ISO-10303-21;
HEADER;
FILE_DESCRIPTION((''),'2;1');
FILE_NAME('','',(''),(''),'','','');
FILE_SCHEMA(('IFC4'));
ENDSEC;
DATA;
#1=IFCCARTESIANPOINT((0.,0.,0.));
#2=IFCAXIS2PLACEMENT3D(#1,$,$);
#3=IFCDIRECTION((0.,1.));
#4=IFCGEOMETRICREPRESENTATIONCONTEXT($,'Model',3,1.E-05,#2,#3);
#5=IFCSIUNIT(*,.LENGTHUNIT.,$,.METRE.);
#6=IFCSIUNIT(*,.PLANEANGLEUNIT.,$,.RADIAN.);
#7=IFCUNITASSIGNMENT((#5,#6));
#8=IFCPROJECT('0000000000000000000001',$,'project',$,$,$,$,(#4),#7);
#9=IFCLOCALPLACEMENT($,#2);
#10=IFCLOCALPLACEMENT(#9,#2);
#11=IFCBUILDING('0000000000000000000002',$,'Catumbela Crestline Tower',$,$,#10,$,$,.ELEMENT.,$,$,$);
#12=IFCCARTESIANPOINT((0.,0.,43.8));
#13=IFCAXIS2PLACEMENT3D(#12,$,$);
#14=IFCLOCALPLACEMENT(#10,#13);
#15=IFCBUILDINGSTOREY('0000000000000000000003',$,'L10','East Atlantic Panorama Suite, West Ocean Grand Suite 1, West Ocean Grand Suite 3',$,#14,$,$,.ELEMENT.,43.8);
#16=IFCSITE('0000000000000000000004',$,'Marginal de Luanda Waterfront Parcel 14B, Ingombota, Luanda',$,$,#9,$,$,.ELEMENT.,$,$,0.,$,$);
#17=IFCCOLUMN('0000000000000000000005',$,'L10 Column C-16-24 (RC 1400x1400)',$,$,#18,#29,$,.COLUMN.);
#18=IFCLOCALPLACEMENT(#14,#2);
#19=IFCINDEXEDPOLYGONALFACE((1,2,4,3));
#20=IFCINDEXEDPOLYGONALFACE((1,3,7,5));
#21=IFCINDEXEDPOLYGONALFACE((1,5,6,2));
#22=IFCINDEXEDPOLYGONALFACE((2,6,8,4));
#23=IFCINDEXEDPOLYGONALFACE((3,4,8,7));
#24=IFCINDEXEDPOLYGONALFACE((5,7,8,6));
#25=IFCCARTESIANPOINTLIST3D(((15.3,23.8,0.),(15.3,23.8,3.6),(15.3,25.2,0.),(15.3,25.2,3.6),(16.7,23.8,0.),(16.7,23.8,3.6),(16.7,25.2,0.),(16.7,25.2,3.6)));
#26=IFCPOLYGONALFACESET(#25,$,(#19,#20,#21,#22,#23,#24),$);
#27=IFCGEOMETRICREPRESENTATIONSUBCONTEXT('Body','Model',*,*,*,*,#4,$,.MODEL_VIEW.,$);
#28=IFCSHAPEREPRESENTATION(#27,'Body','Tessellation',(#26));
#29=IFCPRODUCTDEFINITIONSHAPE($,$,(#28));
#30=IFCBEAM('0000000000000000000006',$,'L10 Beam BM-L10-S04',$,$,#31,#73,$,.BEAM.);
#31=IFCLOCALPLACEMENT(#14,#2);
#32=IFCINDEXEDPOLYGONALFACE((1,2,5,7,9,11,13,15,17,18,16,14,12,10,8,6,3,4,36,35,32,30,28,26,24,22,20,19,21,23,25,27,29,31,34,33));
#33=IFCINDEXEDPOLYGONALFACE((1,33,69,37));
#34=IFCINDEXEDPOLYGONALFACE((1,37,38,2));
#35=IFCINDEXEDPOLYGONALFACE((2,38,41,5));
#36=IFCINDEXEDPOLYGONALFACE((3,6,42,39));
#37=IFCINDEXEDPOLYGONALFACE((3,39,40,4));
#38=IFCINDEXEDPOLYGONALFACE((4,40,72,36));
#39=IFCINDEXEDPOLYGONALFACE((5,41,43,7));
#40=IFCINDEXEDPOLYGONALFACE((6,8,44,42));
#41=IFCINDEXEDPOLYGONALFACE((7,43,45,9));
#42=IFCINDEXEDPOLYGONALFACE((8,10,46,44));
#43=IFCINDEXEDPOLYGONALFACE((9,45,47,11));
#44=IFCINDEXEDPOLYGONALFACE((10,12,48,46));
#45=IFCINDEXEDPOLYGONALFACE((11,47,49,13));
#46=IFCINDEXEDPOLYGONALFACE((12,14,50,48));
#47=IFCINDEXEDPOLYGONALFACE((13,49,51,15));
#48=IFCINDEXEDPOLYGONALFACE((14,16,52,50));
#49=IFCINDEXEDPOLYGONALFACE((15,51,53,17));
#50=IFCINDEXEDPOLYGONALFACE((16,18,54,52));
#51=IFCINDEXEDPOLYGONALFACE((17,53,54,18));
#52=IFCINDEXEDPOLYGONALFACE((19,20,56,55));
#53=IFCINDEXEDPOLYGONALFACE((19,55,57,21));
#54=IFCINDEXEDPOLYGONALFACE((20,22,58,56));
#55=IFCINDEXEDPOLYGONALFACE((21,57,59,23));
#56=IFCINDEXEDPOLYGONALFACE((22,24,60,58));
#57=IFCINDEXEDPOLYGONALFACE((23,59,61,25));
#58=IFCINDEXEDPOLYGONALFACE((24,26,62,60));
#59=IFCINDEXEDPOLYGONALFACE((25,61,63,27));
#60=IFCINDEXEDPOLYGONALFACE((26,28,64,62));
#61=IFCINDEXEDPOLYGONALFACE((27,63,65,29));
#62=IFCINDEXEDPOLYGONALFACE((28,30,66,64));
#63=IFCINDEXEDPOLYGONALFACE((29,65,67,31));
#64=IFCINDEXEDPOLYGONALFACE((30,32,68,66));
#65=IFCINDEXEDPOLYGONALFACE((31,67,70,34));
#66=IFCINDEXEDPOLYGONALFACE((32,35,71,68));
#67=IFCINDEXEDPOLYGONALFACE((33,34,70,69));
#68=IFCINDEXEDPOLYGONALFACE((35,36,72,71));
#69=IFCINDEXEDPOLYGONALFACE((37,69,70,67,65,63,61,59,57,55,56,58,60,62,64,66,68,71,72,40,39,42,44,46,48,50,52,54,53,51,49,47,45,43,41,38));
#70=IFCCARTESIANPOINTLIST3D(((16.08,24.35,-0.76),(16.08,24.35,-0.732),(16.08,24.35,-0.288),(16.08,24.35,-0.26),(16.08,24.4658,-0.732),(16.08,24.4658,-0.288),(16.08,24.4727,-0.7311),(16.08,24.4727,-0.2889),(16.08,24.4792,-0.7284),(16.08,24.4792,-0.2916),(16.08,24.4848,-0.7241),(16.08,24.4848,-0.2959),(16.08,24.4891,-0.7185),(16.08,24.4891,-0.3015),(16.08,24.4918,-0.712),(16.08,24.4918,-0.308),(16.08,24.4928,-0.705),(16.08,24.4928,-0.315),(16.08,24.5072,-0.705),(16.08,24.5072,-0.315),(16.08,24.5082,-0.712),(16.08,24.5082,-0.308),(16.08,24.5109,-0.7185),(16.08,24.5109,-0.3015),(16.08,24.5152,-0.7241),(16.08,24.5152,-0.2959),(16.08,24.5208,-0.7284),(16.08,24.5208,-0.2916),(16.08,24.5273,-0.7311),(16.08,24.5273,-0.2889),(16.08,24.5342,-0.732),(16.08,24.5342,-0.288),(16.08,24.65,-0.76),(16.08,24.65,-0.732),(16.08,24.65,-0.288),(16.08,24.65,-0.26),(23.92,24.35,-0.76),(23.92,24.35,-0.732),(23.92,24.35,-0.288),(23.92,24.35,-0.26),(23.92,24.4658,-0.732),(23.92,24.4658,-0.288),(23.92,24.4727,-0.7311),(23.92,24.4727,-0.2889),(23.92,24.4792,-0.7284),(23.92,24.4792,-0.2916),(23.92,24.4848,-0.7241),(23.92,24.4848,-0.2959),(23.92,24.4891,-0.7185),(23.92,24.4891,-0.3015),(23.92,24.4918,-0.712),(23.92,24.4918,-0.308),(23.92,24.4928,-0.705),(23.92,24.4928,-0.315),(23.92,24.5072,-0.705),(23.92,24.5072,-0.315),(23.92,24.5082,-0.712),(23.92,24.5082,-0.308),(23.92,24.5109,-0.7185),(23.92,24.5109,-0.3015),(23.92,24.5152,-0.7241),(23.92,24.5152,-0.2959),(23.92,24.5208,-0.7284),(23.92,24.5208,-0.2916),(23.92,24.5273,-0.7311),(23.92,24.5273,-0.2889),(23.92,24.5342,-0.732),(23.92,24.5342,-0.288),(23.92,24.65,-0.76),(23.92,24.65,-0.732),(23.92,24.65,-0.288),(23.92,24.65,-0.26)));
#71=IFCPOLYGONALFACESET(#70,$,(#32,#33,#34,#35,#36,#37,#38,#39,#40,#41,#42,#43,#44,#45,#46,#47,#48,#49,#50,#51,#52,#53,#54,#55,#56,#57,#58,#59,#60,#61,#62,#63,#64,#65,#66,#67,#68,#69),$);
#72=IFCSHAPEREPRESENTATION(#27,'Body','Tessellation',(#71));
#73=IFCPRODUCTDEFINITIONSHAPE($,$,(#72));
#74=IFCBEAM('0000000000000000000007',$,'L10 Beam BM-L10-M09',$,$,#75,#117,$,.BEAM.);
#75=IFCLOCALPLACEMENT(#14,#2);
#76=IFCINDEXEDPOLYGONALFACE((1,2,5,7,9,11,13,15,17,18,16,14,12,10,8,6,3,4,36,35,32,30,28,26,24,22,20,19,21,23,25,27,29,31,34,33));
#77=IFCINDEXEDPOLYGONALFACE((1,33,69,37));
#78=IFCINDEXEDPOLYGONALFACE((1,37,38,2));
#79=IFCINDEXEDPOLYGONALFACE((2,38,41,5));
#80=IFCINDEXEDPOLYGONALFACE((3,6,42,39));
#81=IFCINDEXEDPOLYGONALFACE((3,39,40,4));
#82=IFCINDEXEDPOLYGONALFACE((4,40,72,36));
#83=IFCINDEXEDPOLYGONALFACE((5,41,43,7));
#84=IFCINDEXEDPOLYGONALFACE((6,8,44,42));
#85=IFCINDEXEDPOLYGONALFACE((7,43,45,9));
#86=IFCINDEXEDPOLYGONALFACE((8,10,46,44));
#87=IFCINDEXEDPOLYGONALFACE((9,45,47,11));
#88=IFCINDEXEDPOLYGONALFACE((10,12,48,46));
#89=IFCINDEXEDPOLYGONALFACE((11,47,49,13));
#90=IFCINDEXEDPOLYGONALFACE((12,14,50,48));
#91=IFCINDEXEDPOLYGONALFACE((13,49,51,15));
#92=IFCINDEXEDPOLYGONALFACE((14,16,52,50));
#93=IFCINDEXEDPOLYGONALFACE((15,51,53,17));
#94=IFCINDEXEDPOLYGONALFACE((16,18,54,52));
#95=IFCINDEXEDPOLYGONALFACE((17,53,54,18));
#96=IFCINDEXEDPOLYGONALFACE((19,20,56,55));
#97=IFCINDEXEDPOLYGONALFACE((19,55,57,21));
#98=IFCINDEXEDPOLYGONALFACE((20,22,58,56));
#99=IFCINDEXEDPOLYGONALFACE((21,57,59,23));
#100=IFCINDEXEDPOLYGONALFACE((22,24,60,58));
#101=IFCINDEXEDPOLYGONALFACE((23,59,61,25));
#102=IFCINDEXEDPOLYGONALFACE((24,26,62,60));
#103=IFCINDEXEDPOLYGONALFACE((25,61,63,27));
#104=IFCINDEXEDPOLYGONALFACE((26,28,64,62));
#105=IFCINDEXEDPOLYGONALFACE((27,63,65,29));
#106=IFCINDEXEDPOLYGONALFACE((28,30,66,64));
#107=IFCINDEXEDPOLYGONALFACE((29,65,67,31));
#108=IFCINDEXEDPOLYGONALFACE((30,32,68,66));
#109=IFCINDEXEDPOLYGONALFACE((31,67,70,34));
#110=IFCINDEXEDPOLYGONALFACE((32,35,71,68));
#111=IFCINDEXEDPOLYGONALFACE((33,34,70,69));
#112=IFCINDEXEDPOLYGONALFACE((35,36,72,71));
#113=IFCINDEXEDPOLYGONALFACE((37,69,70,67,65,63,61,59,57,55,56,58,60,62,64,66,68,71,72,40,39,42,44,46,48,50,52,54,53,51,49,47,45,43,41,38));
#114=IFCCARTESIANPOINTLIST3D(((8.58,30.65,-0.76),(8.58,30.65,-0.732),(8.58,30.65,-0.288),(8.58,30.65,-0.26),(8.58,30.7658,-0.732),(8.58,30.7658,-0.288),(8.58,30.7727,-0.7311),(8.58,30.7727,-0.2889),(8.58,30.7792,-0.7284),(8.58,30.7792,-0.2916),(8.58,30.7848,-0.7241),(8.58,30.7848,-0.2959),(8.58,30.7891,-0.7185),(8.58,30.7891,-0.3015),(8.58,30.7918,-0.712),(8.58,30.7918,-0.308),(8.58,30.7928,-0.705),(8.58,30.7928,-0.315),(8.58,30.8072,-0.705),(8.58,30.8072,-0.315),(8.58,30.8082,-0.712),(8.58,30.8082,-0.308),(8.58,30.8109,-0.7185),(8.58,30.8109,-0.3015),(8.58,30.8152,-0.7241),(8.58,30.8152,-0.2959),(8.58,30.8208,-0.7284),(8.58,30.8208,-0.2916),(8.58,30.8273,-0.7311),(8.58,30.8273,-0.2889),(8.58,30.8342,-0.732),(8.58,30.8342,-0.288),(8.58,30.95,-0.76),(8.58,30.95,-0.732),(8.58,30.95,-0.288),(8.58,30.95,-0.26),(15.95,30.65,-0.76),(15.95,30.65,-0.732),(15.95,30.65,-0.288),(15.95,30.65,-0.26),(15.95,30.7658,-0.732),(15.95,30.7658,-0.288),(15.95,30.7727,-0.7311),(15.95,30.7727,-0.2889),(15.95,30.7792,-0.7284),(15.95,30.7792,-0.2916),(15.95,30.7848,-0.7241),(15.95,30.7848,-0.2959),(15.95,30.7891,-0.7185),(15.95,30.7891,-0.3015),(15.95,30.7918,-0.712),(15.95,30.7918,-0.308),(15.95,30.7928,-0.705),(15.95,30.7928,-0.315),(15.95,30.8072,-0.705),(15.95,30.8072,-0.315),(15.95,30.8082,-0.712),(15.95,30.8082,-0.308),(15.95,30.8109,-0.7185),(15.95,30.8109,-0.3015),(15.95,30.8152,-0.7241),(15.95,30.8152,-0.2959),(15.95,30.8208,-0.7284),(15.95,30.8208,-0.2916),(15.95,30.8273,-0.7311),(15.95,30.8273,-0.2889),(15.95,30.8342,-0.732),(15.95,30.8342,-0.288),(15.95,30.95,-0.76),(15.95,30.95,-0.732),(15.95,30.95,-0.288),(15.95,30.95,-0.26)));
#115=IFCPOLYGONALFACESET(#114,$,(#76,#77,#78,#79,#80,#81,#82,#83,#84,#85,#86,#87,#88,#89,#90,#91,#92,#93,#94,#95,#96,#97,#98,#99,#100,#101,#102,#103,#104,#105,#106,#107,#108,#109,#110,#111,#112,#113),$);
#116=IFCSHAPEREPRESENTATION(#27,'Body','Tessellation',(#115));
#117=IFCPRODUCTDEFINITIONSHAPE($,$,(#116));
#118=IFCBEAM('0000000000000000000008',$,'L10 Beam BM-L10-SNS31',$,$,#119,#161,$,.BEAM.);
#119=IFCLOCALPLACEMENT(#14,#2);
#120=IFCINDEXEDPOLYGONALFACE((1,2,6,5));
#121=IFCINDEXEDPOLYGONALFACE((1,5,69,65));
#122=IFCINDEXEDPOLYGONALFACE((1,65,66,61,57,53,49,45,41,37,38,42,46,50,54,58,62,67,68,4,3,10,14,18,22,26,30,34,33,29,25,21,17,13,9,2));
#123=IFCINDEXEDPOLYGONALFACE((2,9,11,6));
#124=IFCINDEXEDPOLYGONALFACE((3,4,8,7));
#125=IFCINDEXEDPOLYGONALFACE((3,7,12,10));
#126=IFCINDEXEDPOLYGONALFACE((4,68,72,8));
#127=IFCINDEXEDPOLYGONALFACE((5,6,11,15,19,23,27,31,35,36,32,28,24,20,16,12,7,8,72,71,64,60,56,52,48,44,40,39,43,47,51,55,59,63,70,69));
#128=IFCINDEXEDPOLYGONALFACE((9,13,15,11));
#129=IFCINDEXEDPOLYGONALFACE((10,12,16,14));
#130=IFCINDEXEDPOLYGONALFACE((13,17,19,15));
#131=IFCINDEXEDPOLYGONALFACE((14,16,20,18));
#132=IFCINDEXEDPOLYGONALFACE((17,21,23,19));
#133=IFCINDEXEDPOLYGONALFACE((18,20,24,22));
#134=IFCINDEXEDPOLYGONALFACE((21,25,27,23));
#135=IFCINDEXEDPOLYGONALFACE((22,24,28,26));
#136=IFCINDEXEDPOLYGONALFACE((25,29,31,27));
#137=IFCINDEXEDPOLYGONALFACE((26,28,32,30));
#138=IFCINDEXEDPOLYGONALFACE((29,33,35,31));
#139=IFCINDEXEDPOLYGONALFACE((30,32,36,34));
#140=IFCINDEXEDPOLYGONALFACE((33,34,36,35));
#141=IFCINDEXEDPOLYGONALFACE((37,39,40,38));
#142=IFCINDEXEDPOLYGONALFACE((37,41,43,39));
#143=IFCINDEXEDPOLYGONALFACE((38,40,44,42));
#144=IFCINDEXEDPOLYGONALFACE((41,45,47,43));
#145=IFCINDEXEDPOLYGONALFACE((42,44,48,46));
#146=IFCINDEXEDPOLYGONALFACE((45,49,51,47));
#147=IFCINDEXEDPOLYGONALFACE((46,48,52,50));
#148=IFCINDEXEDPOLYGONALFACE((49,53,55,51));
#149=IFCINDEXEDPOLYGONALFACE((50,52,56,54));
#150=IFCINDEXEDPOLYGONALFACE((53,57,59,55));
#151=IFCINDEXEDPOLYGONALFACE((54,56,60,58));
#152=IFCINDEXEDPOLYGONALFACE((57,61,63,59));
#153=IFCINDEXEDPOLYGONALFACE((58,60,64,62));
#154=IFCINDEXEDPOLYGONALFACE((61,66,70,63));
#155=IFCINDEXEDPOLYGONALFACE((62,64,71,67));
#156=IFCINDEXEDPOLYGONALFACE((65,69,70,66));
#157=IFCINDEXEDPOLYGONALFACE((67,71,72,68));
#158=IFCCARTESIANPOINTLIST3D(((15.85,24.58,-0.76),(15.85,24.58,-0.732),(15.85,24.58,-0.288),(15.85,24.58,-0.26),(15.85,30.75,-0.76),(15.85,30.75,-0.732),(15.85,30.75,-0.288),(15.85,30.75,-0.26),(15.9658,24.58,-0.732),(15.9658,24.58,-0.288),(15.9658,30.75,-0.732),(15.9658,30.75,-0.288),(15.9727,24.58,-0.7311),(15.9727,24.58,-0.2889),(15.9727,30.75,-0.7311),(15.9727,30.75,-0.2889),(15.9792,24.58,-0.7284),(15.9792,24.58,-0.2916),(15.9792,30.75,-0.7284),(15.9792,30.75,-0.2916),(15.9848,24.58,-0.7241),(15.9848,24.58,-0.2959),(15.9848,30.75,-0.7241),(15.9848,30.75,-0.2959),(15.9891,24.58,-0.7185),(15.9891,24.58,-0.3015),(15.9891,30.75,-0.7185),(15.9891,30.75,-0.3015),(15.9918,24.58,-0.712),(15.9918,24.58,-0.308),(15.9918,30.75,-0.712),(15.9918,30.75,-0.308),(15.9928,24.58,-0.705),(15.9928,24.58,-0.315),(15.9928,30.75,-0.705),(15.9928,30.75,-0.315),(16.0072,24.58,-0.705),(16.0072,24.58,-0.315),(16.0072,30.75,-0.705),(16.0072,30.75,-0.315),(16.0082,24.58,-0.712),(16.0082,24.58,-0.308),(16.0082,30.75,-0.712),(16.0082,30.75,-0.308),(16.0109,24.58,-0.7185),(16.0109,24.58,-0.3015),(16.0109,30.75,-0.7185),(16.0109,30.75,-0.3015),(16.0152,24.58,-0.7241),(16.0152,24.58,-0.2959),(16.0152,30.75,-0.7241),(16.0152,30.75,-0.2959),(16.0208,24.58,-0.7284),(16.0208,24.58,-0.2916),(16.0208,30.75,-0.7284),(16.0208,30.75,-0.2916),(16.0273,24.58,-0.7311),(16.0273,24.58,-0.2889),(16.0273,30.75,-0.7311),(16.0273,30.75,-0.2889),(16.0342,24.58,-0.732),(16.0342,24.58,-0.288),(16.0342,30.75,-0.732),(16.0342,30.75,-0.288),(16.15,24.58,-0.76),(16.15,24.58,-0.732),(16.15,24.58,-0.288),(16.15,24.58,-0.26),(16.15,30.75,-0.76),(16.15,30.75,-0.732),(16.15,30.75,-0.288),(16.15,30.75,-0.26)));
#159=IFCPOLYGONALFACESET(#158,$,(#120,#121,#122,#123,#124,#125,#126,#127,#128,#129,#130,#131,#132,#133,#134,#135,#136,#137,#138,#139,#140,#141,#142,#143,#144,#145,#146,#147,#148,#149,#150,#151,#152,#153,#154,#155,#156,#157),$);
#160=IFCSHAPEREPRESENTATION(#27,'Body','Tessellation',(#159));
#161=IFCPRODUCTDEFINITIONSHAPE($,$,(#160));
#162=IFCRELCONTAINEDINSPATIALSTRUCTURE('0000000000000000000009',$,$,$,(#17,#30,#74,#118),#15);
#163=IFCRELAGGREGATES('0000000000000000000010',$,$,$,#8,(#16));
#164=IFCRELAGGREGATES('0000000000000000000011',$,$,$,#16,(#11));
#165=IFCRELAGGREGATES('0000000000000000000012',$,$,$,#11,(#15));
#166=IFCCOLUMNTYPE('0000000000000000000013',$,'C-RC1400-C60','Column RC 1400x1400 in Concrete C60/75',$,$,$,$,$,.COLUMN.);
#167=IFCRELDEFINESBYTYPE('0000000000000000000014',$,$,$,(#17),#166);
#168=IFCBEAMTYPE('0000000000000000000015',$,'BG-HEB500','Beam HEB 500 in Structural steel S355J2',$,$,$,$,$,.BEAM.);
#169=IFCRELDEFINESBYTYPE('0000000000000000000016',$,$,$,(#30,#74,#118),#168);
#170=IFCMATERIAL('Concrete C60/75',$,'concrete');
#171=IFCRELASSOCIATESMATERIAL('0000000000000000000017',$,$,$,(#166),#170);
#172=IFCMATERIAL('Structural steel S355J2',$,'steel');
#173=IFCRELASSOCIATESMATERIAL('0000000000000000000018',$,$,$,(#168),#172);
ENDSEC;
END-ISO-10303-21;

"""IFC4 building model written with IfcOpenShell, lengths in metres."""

from ifc_helpers import new_model, si_unit, direction, frame, origin, origin_2d, place, context, subcontext, project, spatial, rectangle, i_section, extrude, material, material_profile, profile_set, type_object, element, save


model = new_model("IFC4")

# Units and contexts
model_context = context("Model", 3, precision=1e-05, world=origin(), true_north=direction((0.0, 1.0)))
body_context = subcontext(model_context, "Body", "Model", "MODEL_VIEW")
ifc_project = project(units=[si_unit("LENGTHUNIT", "METRE"), si_unit("PLANEANGLEUNIT", "RADIAN")], contexts=[model_context])

# Site, building, storey
site_placement = place(None, origin())
site = spatial("IfcSite", under=ifc_project, at=site_placement, Name="Marginal de Luanda Waterfront Parcel 14B, Ingombota, Luanda", CompositionType="ELEMENT", RefElevation=0.0)
building_placement = place(site_placement, origin())
building = spatial("IfcBuilding", under=site, at=building_placement, Name="Catumbela Crestline Tower", CompositionType="ELEMENT")
storey_placement = place(building_placement, frame((0.0, 0.0, 43.8)))
storey = spatial("IfcBuildingStorey", under=building, at=storey_placement, Name="L10", Description="East Atlantic Panorama Suite, West Ocean Grand Suite 1, West Ocean Grand Suite 3", CompositionType="ELEMENT", Elevation=43.8)

# Column
ifc_material_1 = material(Name="Concrete C60/75", Category="concrete")
ifc_material_profile_1 = material_profile(ifc_material_1, rectangle(XDim=1.4, YDim=1.4, at=origin_2d()), Name="RC 1400x1400")
ifc_profile_set_1 = profile_set([ifc_material_profile_1], Name="Concrete C60/75")
column_type = type_object("IfcColumnType", Name="C-RC1400-C60", Description="Column RC 1400x1400 in Concrete C60/75", PredefinedType="COLUMN", material=ifc_profile_set_1)
column_placement = place(storey_placement, frame((16.0, 24.5, 0.0), z_axis=(0.0, 0.0, 1.0), x_axis=(1.0, 0.0, 0.0)))
element("IfcColumn", 1, at=column_placement, inside=storey, type_object=column_type, Name="L10 Column C-16-24 (RC 1400x1400)", PredefinedType="COLUMN", context=body_context, shape_type="SweptSolid", body=[
    extrude(rectangle(XDim=1.4, YDim=1.4, at=origin_2d()), origin(), (0.0, 0.0, 1.0), 3.6),
])

# Beams
ifc_material_2 = material(Name="Structural steel S355J2", Category="steel")
ifc_material_profile_2 = material_profile(ifc_material_2, i_section(OverallWidth=0.3, OverallDepth=0.5, WebThickness=0.0145, FlangeThickness=0.028, FilletRadius=0.027, at=origin_2d()), Name="HEB 500")
ifc_profile_set_2 = profile_set([ifc_material_profile_2], Name="Structural steel S355J2")
beam_type_1 = type_object("IfcBeamType", Name="BG-HEB500", Description="Beam HEB 500 in Structural steel S355J2", PredefinedType="BEAM", material=ifc_profile_set_2)
beam_1_placement = place(storey_placement, frame((16.08, 24.5, -0.51), z_axis=(1.0, 0.0, 0.0), x_axis=(0.0, 1.0, 0.0)))
element("IfcBeam", 2, at=beam_1_placement, inside=storey, type_object=beam_type_1, Name="L10 Beam BM-L10-S04", PredefinedType="BEAM", context=body_context, shape_type="SweptSolid", body=[
    extrude(i_section(OverallWidth=0.3, OverallDepth=0.5, WebThickness=0.0145, FlangeThickness=0.028, FilletRadius=0.027, at=origin_2d()), origin(), (0.0, 0.0, 1.0), 7.84),
])
beam_2_placement = place(storey_placement, frame((8.58, 30.8, -0.51), z_axis=(1.0, 0.0, 0.0), x_axis=(0.0, 1.0, 0.0)))
element("IfcBeam", 3, at=beam_2_placement, inside=storey, type_object=beam_type_1, Name="L10 Beam BM-L10-M09", PredefinedType="BEAM", context=body_context, shape_type="SweptSolid", body=[
    extrude(i_section(OverallWidth=0.3, OverallDepth=0.5, WebThickness=0.0145, FlangeThickness=0.028, FilletRadius=0.027, at=origin_2d()), origin(), (0.0, 0.0, 1.0), 7.37),
])
beam_3_placement = place(storey_placement, frame((16.0, 24.58, -0.51), z_axis=(0.0, 1.0, 0.0), x_axis=(-1.0, 0.0, 0.0)))
element("IfcBeam", 4, at=beam_3_placement, inside=storey, type_object=beam_type_1, Name="L10 Beam BM-L10-SNS31", PredefinedType="BEAM", context=body_context, shape_type="SweptSolid", body=[
    extrude(i_section(OverallWidth=0.3, OverallDepth=0.5, WebThickness=0.0145, FlangeThickness=0.028, FilletRadius=0.027, at=origin_2d()), origin(), (0.0, 0.0, 1.0), 6.17),
])

save(model, "model.ifc")
